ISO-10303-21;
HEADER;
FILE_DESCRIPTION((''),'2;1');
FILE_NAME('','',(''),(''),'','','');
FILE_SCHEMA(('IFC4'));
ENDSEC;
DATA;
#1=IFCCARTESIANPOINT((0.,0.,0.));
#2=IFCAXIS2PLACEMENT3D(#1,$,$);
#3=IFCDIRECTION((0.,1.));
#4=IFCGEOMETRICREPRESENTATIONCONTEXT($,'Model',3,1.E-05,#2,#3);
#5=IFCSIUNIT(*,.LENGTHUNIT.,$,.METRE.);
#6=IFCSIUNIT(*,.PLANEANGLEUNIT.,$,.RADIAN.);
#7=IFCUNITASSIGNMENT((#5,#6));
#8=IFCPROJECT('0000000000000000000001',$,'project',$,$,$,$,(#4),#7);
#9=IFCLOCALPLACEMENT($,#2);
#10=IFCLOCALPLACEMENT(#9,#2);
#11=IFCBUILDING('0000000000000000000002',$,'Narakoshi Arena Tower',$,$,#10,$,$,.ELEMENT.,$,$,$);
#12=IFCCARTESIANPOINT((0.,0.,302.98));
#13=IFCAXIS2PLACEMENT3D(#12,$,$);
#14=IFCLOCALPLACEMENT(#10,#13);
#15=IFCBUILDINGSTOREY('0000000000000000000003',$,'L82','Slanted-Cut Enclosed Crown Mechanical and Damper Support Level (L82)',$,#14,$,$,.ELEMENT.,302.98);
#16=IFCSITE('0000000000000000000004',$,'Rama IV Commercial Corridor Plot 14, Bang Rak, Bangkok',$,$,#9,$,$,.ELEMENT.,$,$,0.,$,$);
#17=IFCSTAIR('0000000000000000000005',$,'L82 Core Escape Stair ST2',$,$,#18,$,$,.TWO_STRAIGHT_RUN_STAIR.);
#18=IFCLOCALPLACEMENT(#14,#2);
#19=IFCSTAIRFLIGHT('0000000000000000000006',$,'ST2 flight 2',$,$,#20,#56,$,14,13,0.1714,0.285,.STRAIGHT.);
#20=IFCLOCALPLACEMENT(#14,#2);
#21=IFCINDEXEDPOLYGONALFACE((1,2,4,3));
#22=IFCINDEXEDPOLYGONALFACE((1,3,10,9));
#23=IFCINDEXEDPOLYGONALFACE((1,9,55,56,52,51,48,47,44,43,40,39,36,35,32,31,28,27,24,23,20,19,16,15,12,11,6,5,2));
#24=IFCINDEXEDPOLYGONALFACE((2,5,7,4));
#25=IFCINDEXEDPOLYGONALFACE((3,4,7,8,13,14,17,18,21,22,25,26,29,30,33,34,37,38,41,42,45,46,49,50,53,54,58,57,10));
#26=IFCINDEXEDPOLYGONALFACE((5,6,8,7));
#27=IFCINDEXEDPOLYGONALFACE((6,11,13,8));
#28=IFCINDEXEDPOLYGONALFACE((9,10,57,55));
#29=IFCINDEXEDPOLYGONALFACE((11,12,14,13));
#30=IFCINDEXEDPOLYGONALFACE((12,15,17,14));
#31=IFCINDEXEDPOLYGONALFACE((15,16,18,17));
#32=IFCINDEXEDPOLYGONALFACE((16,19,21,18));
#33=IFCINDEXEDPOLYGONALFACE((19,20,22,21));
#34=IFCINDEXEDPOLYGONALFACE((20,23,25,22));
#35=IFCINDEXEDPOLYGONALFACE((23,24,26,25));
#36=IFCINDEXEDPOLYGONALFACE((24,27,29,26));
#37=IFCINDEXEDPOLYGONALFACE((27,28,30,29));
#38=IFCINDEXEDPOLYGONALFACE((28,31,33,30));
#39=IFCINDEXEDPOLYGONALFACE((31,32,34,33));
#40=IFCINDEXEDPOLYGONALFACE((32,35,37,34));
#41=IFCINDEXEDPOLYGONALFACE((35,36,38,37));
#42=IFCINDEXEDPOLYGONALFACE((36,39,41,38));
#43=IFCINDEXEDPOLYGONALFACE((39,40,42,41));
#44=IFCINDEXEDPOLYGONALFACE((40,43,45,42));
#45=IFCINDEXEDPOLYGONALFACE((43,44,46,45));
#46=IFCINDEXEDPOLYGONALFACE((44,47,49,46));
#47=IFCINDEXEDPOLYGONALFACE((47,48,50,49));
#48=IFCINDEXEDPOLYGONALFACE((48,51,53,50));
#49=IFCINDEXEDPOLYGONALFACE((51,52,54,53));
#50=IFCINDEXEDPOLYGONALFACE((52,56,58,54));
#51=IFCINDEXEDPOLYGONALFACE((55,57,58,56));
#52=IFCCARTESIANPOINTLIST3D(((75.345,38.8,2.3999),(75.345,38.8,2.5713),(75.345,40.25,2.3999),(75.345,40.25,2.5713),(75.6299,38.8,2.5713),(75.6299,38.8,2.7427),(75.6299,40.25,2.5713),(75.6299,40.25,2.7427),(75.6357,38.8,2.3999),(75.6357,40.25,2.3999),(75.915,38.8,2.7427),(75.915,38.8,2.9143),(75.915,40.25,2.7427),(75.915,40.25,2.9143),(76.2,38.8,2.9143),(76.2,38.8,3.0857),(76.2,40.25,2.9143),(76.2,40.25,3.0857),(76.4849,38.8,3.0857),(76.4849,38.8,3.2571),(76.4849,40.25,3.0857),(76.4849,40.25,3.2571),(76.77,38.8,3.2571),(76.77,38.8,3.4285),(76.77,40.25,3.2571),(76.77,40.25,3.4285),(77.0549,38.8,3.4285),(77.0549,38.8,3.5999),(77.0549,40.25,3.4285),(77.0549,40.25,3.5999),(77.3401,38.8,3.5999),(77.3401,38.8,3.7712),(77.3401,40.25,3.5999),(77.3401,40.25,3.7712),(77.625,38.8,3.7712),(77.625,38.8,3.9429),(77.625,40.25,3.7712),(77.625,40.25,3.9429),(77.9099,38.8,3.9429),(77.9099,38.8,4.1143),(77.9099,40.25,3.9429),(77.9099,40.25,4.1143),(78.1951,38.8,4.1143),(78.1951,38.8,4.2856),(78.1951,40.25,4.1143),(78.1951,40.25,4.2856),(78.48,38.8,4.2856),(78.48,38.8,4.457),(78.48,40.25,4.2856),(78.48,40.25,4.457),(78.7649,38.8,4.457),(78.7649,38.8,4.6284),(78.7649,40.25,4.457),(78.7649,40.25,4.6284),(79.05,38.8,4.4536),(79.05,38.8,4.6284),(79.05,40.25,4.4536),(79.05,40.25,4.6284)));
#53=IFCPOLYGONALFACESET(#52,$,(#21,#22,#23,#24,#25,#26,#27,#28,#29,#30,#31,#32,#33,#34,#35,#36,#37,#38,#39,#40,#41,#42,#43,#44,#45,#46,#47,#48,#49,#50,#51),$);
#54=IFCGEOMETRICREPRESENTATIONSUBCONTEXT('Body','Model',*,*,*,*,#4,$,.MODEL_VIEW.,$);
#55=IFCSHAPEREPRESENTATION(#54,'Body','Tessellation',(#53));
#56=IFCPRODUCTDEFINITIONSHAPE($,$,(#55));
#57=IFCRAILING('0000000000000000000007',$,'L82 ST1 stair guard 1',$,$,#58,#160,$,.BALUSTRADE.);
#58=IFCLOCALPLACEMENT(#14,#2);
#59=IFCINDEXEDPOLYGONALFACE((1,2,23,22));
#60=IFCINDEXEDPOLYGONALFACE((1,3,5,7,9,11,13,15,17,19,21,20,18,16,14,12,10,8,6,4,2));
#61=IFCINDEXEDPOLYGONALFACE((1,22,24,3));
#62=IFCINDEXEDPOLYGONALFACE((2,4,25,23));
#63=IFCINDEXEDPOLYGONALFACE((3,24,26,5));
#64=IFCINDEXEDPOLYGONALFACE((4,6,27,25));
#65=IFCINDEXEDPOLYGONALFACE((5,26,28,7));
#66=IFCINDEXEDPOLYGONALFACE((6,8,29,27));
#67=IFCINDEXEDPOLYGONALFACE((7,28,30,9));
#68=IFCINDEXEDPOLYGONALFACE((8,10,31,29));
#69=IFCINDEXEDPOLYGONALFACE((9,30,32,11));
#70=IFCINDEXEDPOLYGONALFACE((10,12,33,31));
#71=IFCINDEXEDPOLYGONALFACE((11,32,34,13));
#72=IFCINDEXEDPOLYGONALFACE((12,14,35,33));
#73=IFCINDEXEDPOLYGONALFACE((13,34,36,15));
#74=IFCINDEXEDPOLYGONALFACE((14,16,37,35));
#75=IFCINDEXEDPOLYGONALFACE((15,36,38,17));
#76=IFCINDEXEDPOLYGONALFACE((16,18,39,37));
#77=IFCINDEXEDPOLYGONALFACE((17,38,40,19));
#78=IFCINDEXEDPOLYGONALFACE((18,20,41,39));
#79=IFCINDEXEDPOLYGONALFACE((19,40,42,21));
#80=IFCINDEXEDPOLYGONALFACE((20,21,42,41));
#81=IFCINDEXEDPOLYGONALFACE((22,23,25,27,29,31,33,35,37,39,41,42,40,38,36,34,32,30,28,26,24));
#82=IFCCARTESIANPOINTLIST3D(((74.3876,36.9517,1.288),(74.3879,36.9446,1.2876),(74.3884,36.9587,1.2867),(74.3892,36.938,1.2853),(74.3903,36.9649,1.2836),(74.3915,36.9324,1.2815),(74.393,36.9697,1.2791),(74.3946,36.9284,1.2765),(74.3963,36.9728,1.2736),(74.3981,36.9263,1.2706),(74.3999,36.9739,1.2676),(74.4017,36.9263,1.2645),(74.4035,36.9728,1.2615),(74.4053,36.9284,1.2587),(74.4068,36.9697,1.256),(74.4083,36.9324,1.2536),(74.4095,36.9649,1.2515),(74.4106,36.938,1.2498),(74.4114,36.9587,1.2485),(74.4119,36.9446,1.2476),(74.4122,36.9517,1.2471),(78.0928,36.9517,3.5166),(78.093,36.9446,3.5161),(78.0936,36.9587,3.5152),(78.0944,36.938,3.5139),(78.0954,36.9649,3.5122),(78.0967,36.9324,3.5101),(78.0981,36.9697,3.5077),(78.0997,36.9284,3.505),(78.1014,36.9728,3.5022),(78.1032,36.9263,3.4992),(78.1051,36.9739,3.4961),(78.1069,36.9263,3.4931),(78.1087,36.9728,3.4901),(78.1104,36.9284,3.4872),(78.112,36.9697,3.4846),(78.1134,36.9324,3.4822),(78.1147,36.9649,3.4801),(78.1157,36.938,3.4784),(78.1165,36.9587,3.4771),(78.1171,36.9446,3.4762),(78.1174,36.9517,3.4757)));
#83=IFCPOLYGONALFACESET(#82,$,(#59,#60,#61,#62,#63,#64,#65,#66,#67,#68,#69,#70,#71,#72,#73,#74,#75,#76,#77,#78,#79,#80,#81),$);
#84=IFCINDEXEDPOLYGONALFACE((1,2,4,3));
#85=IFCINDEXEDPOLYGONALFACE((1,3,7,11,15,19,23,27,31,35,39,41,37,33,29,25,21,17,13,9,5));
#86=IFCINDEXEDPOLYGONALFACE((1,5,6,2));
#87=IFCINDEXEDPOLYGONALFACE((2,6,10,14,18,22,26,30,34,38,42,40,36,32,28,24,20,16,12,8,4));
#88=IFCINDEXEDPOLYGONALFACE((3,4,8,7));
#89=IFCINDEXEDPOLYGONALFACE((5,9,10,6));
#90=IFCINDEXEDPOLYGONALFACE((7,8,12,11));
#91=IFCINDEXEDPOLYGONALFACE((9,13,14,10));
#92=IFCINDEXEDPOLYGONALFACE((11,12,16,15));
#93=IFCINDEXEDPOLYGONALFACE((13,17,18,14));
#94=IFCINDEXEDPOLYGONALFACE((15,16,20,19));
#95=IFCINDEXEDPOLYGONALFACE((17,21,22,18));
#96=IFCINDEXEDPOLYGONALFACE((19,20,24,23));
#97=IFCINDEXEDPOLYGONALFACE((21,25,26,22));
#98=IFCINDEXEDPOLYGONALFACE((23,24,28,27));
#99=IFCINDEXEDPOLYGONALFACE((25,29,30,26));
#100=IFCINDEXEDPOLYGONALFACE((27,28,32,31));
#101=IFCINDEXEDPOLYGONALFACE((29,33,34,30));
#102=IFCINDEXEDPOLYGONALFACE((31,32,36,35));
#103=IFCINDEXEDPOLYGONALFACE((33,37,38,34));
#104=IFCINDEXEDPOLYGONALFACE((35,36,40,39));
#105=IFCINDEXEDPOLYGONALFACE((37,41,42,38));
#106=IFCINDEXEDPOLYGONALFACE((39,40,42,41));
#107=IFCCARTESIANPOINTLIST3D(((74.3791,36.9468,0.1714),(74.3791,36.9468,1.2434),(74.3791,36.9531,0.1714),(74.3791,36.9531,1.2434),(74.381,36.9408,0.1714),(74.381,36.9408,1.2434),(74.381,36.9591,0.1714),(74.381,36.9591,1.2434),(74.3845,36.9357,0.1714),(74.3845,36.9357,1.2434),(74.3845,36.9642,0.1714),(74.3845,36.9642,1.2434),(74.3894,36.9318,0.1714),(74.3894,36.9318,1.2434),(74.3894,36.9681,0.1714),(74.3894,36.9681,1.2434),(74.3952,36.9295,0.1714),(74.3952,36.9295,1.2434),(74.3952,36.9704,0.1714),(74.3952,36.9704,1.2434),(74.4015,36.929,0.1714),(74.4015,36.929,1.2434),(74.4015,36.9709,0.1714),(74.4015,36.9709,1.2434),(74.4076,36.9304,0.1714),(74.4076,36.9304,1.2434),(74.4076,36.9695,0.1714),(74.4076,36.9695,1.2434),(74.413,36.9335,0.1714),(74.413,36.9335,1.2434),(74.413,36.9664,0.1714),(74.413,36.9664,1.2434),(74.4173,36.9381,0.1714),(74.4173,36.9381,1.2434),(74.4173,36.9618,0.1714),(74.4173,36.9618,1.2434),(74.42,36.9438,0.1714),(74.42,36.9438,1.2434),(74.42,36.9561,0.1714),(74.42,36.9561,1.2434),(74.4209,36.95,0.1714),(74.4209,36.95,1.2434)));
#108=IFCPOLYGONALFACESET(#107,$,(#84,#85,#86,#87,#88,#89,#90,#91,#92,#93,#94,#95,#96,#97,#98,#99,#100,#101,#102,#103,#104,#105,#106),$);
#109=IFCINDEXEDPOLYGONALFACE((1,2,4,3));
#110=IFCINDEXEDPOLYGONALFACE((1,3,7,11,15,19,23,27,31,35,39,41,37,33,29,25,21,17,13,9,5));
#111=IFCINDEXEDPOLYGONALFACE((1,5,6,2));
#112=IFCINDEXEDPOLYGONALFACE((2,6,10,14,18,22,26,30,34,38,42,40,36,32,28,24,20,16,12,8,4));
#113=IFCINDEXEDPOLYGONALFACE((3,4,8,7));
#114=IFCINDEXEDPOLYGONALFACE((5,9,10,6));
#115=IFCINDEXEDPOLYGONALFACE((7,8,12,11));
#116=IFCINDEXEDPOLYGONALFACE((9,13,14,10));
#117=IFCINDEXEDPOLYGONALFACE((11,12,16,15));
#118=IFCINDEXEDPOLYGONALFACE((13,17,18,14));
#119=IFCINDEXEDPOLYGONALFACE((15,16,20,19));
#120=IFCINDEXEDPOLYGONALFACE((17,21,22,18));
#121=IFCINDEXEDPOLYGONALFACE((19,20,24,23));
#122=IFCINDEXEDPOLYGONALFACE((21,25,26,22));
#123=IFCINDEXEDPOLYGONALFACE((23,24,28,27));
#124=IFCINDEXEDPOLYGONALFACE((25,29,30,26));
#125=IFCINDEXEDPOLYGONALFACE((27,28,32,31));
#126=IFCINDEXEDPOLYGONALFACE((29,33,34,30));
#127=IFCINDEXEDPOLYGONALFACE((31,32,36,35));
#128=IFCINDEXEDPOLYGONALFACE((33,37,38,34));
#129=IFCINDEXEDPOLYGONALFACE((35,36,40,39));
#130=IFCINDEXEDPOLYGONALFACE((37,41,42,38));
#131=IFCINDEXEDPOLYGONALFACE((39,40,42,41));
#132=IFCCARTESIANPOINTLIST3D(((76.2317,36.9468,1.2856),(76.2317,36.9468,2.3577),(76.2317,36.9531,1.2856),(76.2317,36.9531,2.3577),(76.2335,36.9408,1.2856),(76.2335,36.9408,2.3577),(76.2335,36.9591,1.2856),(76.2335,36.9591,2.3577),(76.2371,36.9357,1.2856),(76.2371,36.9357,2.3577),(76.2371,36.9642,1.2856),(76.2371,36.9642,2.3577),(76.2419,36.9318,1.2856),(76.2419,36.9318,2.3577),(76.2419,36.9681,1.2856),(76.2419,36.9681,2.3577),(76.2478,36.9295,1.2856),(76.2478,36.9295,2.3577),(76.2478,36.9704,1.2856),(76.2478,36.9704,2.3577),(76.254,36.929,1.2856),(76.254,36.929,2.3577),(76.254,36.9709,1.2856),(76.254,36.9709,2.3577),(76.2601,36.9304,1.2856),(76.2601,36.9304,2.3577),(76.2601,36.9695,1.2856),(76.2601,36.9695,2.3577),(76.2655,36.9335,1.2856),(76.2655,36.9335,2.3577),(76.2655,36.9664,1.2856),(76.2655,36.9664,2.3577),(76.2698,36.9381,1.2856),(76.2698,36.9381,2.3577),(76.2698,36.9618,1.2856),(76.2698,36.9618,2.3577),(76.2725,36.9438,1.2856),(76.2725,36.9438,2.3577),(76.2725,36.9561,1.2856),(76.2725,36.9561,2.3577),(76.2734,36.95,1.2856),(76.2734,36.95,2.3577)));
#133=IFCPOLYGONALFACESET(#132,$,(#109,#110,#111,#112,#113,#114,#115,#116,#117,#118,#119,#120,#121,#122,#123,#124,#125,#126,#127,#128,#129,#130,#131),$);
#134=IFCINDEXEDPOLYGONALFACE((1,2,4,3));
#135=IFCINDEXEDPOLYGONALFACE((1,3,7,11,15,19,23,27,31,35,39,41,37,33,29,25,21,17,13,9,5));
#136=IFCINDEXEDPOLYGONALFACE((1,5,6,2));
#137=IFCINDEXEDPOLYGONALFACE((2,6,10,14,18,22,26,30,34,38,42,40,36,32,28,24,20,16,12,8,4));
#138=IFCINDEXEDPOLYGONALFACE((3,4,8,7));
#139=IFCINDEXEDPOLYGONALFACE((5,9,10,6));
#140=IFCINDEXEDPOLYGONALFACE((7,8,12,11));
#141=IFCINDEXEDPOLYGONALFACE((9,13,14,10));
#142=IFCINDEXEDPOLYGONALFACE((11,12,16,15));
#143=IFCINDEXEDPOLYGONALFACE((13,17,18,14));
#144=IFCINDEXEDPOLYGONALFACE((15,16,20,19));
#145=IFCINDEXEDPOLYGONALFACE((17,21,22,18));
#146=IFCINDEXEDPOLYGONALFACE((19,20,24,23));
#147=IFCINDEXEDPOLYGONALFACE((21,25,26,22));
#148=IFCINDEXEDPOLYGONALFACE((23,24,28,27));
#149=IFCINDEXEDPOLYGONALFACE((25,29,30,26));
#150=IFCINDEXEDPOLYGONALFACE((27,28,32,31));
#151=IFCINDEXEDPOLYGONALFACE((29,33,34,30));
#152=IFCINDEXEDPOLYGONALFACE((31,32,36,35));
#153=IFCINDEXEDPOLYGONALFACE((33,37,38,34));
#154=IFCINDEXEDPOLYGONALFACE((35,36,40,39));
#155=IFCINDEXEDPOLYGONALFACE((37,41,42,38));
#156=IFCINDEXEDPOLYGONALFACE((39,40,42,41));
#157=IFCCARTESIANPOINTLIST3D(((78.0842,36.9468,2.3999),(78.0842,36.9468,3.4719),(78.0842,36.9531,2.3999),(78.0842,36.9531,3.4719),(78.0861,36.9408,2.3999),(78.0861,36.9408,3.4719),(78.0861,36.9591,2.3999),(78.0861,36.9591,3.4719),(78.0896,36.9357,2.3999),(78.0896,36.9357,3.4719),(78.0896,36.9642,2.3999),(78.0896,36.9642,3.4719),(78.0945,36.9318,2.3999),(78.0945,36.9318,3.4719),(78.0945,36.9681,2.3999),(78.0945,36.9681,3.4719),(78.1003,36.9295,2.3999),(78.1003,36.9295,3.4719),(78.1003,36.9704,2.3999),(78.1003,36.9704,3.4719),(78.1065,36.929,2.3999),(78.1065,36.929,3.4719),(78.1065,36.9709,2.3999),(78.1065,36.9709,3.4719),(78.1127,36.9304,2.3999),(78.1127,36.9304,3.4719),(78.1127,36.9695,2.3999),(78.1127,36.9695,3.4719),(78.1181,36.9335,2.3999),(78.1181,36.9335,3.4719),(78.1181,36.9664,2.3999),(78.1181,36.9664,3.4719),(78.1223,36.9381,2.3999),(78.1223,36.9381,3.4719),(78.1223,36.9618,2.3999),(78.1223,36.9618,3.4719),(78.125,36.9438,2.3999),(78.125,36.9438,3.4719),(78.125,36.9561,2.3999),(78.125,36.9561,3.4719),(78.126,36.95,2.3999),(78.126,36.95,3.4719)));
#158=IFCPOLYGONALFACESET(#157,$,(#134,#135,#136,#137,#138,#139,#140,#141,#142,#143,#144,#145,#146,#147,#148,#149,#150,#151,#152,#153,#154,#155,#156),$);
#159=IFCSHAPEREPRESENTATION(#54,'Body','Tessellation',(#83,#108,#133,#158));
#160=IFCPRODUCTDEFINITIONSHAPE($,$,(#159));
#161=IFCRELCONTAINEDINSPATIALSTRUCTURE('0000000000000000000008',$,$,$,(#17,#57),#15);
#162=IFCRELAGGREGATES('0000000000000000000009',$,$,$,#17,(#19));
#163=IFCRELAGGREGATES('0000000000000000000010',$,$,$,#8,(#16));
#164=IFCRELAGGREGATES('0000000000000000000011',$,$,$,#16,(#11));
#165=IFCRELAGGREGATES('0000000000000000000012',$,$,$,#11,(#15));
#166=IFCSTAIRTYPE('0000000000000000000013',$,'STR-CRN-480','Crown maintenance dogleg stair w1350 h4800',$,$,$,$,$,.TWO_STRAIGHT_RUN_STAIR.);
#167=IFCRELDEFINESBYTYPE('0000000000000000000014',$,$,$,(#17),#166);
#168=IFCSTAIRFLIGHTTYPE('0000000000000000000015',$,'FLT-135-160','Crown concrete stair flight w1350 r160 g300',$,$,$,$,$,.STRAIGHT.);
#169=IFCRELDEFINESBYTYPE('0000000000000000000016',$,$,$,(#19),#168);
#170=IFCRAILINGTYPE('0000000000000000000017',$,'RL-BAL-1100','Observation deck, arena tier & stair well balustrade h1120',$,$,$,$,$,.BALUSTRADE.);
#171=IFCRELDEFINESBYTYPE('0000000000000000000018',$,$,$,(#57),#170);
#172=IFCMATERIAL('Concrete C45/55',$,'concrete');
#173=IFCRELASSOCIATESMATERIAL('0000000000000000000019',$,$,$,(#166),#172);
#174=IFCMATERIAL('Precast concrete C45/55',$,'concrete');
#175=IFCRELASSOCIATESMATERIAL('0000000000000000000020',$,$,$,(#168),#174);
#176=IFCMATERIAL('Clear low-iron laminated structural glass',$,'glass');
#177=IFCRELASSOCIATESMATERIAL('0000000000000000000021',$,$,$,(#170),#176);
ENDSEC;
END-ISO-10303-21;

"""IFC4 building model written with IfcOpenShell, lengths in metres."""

from ifc_helpers import new_model, si_unit, direction, frame, origin, origin_2d, place, context, subcontext, project, spatial, polyline, circle, outline, extrude, material, type_object, element, aggregate, save


model = new_model("IFC4")

# Units and contexts
model_context = context("Model", 3, precision=1e-05, world=origin(), true_north=direction((0.0, 1.0)))
body_context = subcontext(model_context, "Body", "Model", "MODEL_VIEW")
ifc_project = project(units=[si_unit("LENGTHUNIT", "METRE"), si_unit("PLANEANGLEUNIT", "RADIAN")], contexts=[model_context])

# Site, building, storey
site_placement = place(None, origin())
site = spatial("IfcSite", under=ifc_project, at=site_placement, Name="Rama IV Commercial Corridor Plot 14, Bang Rak, Bangkok", CompositionType="ELEMENT", RefElevation=0.0)
building_placement = place(site_placement, origin())
building = spatial("IfcBuilding", under=site, at=building_placement, Name="Narakoshi Arena Tower", CompositionType="ELEMENT")
storey_placement = place(building_placement, frame((0.0, 0.0, 302.98)))
storey = spatial("IfcBuildingStorey", under=building, at=storey_placement, Name="L82", Description="Slanted-Cut Enclosed Crown Mechanical and Damper Support Level (L82)", CompositionType="ELEMENT", Elevation=302.98)

# Shared definitions
ifc_material_1 = material(Name="Precast concrete C45/55", Category="concrete")

# Shared definitions
ifc_material_2 = material(Name="Concrete C45/55", Category="concrete")
stair_type = type_object("IfcStairType", Name="STR-CRN-480", Description="Crown maintenance dogleg stair w1350 h4800", PredefinedType="TWO_STRAIGHT_RUN_STAIR", material=ifc_material_2)
stair_flight_type = type_object("IfcStairFlightType", Name="FLT-135-160", Description="Crown concrete stair flight w1350 r160 g300", PredefinedType="STRAIGHT", material=ifc_material_1)

# Stair, stair flight
stair_1_placement = place(storey_placement, origin())
stair_1 = element("IfcStair", 1, at=stair_1_placement, inside=storey, type_object=stair_type, Name="L82 Core Escape Stair ST2", PredefinedType="TWO_STRAIGHT_RUN_STAIR")
stair_flight_1_placement = place(storey_placement, frame((75.345, 39.5249, 2.3999), z_axis=(0.0, 0.0, 1.0), x_axis=(1.0, 0.0, 0.0)))
stair_flight_1 = element("IfcStairFlight", 2, at=stair_flight_1_placement, type_object=stair_flight_type, Name="ST2 flight 2", NumberOfRisers=14, NumberOfTreads=13, PredefinedType="STRAIGHT", RiserHeight=0.1714, TreadLength=0.285, context=body_context, shape_type="SweptSolid", body=[
    extrude(outline(polyline([(0.0, 0.0), (0.0, 0.1714), (0.2849, 0.1714), (0.2849, 0.3428), (0.5701, 0.3428), (0.5701, 0.5144), (0.855, 0.5144), (0.855, 0.6858), (1.1399, 0.6858), (1.1399, 0.8572), (1.425, 0.8572), (1.425, 1.0286), (1.71, 1.0286), (1.71, 1.2), (1.9951, 1.2), (1.9951, 1.3713), (2.28, 1.3713), (2.28, 1.543), (2.5649, 1.543), (2.5649, 1.7144), (2.8501, 1.7144), (2.8501, 1.8857), (3.135, 1.8857), (3.135, 2.0571), (3.4199, 2.0571), (3.4199, 2.2285), (3.7051, 2.2285), (3.7051, 2.3999), (3.7051, 2.0537), (0.2908, 0.0), (0.0, 0.0)])), frame((0.0, 0.7251, 0.0), z_axis=(0.0, -1.0, 0.0), x_axis=(1.0, 0.0, 0.0)), (0.0, 0.0, 1.0), 1.45),
])
aggregate(stair_1, [stair_flight_1])

# Railing
ifc_material_3 = material(Name="Clear low-iron laminated structural glass", Category="glass")
railing_type_1 = type_object("IfcRailingType", Name="RL-BAL-1100", Description="Observation deck, arena tier & stair well balustrade h1120", PredefinedType="BALUSTRADE", material=ifc_material_3)
railing_1_placement = place(storey_placement, frame((74.3999, 36.95, 0.1714)))
element("IfcRailing", 3, at=railing_1_placement, inside=storey, type_object=railing_type_1, Name="L82 ST1 stair guard 1", PredefinedType="BALUSTRADE", context=body_context, shape_type="SweptSolid", body=[
    extrude(circle(Radius=0.0239, at=origin_2d()), frame((0.0, 0.0, 1.0962), z_axis=(0.856934, 0.0, 0.515425), x_axis=(0.0, 1.0, 0.0)), (0.0, 0.0, 1.0), 4.3237),
    extrude(circle(Radius=0.021, at=origin_2d()), origin(), (0.0, 0.0, 1.0), 1.072),
    extrude(circle(Radius=0.021, at=origin_2d()), frame((1.8525, 0.0, 1.1143)), (0.0, 0.0, 1.0), 1.072),
    extrude(circle(Radius=0.021, at=origin_2d()), frame((3.7051, 0.0, 2.2285)), (0.0, 0.0, 1.0), 1.072),
])

save(model, "model.ifc")
